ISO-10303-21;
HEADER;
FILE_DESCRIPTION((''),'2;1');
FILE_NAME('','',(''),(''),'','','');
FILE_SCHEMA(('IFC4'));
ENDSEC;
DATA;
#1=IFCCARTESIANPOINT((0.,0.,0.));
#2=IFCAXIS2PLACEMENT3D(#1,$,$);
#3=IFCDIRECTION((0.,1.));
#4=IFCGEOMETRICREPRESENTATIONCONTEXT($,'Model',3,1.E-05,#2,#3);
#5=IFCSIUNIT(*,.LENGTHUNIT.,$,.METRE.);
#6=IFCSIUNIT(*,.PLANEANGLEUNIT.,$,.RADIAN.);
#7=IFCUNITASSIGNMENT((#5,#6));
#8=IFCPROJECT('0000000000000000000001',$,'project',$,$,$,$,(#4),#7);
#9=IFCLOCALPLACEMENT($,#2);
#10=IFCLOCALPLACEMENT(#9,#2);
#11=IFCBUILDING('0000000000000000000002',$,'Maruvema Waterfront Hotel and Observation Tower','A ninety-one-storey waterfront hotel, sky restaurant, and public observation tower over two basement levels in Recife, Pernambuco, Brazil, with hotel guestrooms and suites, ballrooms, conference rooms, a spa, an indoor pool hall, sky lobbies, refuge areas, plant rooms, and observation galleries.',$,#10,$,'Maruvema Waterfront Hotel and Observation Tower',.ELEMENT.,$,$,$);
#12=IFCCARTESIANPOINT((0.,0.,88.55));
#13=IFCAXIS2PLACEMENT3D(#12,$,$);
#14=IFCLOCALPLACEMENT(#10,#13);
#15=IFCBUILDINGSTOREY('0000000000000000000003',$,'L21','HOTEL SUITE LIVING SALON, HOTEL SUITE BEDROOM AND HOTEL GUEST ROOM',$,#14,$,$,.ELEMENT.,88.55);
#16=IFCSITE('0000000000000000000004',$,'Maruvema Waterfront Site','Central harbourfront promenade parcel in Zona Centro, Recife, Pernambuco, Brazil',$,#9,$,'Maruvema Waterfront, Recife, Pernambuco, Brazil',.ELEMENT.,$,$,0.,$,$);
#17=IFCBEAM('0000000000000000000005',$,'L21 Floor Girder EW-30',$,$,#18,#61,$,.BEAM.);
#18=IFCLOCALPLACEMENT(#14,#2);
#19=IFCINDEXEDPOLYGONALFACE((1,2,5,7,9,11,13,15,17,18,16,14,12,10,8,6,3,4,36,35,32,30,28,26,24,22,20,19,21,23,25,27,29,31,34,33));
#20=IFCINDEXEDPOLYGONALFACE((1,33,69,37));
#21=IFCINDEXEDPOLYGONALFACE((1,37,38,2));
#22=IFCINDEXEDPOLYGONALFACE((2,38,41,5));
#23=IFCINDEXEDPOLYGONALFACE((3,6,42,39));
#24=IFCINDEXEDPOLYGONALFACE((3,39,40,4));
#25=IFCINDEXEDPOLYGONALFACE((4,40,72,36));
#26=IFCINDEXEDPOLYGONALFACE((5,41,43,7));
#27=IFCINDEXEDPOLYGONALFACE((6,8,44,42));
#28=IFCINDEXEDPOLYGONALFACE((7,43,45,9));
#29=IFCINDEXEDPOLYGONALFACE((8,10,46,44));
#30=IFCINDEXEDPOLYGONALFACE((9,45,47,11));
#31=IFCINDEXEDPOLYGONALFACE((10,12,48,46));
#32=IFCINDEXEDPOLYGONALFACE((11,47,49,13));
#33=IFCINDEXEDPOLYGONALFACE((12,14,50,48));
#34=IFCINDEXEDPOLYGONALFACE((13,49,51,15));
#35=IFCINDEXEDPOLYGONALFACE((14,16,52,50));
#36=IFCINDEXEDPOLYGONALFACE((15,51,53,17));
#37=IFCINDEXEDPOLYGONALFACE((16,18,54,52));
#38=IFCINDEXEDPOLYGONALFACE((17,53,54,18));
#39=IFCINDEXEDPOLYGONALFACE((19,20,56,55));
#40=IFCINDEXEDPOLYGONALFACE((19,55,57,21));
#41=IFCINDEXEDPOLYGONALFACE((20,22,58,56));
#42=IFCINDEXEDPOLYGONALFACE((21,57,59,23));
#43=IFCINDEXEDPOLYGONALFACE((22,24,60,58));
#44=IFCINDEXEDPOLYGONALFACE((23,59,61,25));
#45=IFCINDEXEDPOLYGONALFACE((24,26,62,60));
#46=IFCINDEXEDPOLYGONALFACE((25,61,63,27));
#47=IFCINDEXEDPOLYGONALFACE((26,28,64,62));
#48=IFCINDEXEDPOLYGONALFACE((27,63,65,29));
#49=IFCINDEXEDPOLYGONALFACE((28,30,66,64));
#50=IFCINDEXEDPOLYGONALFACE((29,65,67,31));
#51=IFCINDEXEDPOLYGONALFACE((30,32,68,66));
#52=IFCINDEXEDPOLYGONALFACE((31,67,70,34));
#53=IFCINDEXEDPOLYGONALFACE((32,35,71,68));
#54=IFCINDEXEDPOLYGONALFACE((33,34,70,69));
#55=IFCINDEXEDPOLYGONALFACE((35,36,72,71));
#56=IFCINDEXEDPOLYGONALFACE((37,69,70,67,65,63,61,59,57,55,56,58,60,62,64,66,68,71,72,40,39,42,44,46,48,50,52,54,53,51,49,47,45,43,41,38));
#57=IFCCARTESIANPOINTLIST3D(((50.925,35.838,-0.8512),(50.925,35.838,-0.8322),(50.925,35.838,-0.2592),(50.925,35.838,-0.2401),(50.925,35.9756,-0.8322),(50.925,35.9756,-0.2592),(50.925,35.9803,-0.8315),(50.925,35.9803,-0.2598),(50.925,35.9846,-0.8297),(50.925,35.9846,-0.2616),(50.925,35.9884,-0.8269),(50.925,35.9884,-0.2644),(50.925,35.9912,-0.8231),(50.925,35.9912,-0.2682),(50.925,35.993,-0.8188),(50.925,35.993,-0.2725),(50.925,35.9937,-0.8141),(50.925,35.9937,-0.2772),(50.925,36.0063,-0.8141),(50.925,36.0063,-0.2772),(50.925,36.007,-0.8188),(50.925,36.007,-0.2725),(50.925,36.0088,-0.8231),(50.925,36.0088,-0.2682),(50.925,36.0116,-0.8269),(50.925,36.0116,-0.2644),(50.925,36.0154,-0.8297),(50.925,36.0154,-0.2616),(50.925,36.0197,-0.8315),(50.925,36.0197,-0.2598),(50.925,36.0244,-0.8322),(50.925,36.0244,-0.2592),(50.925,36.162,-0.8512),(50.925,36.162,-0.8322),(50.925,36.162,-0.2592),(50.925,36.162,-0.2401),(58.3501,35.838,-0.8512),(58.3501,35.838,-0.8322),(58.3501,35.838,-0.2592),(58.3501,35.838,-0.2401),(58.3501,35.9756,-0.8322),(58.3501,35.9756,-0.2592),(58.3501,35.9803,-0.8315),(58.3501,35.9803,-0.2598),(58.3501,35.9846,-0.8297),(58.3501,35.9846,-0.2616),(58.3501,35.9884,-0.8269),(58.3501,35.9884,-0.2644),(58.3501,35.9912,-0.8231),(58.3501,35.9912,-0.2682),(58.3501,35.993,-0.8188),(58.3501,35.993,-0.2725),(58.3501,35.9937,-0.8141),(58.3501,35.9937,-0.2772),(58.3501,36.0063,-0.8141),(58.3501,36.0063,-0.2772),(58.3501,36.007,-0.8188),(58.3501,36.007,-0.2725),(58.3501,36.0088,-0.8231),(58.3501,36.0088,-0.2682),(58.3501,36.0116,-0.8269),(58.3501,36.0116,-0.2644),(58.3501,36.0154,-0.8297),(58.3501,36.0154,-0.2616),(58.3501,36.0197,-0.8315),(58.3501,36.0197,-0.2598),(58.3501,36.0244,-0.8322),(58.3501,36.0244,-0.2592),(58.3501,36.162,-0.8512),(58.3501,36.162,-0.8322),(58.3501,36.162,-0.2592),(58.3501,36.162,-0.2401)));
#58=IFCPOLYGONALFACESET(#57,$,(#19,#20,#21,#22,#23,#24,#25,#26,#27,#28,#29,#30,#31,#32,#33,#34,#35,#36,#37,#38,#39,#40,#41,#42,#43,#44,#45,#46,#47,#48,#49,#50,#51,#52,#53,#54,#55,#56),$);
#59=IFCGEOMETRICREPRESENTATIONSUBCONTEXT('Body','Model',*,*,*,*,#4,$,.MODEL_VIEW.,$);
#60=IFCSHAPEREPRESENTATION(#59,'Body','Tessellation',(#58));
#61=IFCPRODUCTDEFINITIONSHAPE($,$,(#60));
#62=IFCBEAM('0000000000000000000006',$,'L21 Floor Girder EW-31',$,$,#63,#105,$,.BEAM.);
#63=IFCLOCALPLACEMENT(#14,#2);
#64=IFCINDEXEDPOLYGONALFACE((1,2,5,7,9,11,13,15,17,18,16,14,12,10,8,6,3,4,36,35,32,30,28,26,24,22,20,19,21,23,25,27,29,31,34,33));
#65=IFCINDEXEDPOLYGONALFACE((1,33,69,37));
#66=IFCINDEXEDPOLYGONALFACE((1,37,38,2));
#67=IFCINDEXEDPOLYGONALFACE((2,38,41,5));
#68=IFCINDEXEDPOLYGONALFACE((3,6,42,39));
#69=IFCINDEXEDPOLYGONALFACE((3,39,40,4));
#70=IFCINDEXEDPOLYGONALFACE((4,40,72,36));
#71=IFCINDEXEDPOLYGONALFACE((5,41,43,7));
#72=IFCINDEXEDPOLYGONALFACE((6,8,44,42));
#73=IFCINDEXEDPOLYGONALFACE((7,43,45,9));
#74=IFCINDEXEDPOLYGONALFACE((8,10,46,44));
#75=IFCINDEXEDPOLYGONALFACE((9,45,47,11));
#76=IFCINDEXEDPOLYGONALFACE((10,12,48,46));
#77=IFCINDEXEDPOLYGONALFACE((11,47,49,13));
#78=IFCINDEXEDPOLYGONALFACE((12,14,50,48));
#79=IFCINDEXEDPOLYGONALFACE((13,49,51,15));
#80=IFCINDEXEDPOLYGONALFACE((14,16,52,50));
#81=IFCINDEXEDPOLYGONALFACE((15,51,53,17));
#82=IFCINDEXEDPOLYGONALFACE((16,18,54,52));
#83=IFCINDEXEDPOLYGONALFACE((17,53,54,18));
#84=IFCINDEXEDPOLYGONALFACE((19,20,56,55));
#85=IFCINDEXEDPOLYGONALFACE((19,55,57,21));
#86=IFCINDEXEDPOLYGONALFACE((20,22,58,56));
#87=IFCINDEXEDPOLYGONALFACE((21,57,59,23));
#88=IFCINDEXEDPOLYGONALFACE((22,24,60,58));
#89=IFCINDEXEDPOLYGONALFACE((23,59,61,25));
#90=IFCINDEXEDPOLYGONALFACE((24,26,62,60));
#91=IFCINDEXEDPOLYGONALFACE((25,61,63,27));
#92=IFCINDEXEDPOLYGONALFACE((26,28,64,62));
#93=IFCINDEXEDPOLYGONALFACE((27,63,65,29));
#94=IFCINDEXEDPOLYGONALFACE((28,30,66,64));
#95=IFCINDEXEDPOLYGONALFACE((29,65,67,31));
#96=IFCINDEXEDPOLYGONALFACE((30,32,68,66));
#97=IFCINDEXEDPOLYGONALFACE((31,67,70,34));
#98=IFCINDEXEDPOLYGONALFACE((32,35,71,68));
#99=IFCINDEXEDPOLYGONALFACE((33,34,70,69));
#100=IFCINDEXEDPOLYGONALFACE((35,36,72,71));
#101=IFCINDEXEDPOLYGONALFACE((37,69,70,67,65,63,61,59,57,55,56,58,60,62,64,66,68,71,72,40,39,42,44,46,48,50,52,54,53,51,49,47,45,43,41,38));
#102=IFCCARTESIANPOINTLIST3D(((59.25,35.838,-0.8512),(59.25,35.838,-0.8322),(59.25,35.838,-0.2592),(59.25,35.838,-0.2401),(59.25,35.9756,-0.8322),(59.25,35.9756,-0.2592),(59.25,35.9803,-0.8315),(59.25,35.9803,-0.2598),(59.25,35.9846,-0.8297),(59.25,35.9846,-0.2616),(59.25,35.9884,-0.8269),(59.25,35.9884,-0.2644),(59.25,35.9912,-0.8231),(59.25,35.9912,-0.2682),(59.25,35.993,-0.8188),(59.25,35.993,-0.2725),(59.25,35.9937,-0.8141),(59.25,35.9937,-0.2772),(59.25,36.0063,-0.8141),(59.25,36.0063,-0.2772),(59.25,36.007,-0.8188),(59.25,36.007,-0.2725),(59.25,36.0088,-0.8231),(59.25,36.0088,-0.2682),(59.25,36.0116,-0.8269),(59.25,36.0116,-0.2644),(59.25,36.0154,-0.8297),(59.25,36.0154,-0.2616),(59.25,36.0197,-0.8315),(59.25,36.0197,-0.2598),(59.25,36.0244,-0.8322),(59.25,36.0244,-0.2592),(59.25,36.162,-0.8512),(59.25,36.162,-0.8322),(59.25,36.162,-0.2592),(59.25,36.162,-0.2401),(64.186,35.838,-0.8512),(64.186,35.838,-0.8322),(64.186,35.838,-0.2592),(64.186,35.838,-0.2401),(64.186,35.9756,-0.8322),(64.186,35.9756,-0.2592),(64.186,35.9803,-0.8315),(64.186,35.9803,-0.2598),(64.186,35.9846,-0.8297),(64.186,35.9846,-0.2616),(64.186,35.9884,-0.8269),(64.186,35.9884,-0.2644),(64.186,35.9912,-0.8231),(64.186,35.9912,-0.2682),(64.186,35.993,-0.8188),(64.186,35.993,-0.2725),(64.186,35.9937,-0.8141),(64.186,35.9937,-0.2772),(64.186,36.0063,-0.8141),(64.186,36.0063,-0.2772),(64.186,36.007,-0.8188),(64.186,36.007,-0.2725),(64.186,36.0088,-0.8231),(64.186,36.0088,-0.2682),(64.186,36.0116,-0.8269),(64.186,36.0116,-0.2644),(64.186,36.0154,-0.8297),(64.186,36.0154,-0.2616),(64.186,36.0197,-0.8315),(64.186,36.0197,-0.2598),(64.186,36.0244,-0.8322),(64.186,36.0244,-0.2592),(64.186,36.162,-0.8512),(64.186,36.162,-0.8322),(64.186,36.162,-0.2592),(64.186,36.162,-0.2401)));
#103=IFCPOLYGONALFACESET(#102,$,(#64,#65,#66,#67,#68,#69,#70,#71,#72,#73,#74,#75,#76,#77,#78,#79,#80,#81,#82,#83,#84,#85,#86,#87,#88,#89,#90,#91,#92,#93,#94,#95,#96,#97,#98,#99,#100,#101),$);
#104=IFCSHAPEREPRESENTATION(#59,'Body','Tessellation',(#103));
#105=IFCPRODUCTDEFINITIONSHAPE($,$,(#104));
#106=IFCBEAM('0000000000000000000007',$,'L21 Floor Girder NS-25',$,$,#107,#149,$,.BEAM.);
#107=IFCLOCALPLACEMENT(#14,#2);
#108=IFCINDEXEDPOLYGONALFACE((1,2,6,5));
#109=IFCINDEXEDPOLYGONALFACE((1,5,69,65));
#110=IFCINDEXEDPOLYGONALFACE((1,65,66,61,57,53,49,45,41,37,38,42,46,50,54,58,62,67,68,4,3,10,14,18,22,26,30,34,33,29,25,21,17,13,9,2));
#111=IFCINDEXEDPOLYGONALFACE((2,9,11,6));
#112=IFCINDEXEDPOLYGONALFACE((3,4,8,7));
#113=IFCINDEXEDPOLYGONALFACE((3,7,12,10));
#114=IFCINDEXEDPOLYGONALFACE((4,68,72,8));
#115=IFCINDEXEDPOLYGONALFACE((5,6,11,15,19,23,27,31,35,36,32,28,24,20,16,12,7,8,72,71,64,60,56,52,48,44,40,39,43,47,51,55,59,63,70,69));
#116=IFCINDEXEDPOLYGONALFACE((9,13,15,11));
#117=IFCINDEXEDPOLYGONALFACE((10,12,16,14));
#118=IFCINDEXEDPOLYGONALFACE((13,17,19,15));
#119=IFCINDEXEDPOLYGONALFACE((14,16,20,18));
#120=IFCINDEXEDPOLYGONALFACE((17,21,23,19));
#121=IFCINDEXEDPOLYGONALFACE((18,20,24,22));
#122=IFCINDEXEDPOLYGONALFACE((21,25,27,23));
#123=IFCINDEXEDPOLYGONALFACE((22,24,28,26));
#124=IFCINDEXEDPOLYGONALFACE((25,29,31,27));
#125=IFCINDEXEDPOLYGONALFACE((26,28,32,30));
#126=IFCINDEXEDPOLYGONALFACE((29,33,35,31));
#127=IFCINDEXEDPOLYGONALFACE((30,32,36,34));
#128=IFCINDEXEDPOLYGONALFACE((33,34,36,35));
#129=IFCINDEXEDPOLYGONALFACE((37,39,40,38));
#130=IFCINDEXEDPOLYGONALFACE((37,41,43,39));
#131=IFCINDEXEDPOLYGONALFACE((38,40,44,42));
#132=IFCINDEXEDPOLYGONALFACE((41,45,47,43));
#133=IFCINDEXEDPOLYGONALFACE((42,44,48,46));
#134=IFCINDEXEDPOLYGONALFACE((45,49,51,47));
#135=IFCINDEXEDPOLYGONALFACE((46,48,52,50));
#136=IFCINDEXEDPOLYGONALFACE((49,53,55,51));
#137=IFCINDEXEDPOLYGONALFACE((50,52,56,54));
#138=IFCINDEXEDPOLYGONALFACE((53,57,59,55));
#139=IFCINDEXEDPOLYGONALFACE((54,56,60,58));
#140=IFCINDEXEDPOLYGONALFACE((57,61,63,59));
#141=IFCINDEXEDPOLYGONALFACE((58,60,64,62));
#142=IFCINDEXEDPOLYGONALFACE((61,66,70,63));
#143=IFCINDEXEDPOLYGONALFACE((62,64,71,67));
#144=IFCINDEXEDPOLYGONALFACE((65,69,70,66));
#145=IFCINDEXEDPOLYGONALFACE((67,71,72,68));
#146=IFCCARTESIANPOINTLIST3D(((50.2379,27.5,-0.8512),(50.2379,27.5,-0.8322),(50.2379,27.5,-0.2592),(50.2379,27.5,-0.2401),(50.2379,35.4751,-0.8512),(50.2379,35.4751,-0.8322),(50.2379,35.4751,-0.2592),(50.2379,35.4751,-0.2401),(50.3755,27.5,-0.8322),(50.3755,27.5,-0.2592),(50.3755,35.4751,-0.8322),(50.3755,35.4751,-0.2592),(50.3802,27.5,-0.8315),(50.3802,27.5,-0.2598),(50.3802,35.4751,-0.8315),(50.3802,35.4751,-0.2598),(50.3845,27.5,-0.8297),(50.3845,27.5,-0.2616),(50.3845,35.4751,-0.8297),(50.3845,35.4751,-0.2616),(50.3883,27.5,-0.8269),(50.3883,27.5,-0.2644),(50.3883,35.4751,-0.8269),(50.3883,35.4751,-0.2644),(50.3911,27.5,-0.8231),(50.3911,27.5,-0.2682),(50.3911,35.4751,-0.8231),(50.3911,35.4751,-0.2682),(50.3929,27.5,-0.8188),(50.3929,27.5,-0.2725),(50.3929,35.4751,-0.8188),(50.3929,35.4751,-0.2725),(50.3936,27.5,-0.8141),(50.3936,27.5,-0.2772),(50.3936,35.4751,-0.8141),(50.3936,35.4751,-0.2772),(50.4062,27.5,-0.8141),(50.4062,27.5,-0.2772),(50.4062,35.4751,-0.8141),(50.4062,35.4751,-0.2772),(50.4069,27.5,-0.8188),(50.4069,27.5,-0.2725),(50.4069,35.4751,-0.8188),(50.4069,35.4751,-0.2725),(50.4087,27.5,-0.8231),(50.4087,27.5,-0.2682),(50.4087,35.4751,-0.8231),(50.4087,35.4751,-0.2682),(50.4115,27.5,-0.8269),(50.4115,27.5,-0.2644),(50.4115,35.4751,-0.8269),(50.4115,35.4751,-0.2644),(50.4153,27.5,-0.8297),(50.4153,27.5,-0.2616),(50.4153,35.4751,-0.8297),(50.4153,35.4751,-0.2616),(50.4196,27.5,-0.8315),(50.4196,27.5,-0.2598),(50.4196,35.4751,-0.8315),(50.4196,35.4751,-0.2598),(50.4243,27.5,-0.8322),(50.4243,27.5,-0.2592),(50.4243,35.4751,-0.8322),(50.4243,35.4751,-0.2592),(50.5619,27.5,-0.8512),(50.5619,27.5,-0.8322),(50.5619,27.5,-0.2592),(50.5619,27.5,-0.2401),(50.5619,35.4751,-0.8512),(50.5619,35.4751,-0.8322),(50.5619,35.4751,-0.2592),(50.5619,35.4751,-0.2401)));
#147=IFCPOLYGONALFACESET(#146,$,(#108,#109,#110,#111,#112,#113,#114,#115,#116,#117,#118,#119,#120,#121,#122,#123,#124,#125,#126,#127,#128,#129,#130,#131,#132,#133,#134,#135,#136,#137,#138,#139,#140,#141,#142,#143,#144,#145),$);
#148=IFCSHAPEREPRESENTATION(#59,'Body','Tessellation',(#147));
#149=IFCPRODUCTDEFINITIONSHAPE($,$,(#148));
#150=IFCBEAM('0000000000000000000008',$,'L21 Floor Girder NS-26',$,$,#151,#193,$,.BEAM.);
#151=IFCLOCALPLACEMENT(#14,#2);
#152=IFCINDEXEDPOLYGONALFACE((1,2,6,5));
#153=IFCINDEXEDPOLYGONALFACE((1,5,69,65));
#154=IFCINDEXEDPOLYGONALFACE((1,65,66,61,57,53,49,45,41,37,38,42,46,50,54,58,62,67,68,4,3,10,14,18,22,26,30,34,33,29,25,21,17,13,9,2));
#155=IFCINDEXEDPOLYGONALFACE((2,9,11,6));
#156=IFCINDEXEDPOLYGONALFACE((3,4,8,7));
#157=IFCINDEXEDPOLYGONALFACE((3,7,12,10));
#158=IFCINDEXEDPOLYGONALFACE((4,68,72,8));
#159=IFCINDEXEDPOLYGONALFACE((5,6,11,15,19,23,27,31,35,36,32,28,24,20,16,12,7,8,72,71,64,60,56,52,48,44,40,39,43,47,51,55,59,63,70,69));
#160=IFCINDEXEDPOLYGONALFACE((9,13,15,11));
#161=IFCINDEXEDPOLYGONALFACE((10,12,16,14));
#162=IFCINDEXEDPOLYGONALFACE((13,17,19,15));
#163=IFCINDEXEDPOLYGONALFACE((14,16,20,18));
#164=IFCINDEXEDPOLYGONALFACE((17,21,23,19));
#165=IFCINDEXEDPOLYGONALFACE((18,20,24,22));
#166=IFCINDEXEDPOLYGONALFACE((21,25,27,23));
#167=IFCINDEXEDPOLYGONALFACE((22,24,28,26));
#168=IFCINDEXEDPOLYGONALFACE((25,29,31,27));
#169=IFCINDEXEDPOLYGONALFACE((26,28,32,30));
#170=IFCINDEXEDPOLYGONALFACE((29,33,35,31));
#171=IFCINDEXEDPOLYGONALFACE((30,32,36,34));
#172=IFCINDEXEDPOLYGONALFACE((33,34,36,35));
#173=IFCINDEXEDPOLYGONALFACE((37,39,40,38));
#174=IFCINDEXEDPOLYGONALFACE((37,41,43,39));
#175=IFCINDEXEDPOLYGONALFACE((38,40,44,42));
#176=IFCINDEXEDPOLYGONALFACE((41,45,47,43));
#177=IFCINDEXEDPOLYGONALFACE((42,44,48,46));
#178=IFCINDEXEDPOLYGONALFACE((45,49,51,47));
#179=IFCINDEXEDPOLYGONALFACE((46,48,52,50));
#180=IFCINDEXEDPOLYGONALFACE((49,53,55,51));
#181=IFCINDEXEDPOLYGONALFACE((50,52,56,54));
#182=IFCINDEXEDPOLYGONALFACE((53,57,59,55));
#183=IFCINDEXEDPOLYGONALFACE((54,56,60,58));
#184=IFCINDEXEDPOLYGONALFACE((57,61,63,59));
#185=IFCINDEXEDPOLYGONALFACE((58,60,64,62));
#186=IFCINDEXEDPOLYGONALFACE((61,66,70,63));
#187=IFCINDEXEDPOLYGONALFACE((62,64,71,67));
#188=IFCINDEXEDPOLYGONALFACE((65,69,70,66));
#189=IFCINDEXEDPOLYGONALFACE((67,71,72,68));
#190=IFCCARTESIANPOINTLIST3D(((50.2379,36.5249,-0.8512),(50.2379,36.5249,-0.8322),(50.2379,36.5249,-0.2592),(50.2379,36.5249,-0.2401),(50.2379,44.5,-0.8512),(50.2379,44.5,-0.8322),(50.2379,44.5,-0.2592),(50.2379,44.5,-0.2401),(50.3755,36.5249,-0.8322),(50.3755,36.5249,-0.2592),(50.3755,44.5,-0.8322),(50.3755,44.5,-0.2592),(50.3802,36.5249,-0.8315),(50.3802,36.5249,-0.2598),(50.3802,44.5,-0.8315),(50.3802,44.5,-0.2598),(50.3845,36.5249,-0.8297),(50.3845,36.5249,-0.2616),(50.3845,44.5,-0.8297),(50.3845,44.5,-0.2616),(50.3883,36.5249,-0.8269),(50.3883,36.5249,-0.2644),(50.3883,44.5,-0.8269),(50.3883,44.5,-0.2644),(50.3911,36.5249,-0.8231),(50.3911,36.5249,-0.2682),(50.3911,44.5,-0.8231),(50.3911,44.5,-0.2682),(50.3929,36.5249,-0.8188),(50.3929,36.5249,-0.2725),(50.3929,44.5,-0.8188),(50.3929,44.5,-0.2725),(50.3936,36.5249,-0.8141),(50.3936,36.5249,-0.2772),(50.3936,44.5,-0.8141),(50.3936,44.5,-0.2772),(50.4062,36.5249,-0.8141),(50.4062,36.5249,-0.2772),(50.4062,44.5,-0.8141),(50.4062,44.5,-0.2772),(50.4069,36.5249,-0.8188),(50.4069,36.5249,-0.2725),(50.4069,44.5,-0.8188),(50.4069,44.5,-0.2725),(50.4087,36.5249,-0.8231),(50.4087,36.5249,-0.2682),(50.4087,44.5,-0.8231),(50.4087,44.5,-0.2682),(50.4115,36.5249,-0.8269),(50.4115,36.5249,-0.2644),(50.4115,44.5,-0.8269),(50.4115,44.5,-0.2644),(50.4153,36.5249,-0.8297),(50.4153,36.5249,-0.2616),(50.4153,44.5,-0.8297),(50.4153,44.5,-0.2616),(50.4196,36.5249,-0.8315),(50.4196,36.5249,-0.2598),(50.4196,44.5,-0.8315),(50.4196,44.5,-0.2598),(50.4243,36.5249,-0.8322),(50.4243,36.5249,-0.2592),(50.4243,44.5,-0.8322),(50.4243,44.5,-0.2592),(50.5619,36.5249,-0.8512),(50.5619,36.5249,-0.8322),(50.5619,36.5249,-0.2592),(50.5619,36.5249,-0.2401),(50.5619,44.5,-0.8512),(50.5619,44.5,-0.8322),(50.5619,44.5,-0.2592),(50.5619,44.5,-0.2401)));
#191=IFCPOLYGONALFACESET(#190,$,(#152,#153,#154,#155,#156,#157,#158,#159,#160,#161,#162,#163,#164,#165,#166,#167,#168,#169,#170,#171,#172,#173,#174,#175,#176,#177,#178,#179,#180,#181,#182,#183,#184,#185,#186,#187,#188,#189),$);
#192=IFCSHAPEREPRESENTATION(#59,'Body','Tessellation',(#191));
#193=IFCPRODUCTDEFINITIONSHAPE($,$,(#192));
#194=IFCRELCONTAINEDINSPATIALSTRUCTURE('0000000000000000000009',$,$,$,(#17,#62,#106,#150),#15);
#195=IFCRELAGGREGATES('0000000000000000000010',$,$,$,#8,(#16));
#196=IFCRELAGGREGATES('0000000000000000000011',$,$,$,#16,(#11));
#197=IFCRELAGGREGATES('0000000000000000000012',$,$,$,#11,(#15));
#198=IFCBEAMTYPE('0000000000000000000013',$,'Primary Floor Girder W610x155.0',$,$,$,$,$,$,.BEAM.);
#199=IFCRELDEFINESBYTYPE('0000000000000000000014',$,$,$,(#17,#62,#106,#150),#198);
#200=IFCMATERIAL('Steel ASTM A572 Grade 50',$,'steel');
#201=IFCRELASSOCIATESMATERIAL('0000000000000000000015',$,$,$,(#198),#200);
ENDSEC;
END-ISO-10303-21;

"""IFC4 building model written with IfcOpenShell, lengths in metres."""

from ifc_helpers import new_model, si_unit, direction, frame, origin, origin_2d, place, context, subcontext, project, spatial, i_section, extrude, material, material_profile, profile_set, type_object, element, save


model = new_model("IFC4")

# Units and contexts
model_context = context("Model", 3, precision=1e-05, world=origin(), true_north=direction((0.0, 1.0)))
body_context = subcontext(model_context, "Body", "Model", "MODEL_VIEW")
ifc_project = project(units=[si_unit("LENGTHUNIT", "METRE"), si_unit("PLANEANGLEUNIT", "RADIAN")], contexts=[model_context])

# Site, building, storey
site_placement = place(None, origin())
site = spatial("IfcSite", under=ifc_project, at=site_placement, Name="Maruvema Waterfront Site", Description="Central harbourfront promenade parcel in Zona Centro, Recife, Pernambuco, Brazil", LongName="Maruvema Waterfront, Recife, Pernambuco, Brazil", CompositionType="ELEMENT", RefElevation=0.0)
building_placement = place(site_placement, origin())
building = spatial("IfcBuilding", under=site, at=building_placement, Name="Maruvema Waterfront Hotel and Observation Tower", Description="A ninety-one-storey waterfront hotel, sky restaurant, and public observation tower over two basement levels in Recife, Pernambuco, Brazil, with hotel guestrooms and suites, ballrooms, conference rooms, a spa, an indoor pool hall, sky lobbies, refuge areas, plant rooms, and observation galleries.", LongName="Maruvema Waterfront Hotel and Observation Tower", CompositionType="ELEMENT")
storey_placement = place(building_placement, frame((0.0, 0.0, 88.55)))
storey = spatial("IfcBuildingStorey", under=building, at=storey_placement, Name="L21", Description="HOTEL SUITE LIVING SALON, HOTEL SUITE BEDROOM AND HOTEL GUEST ROOM", CompositionType="ELEMENT", Elevation=88.55)

# Beams
ifc_material_1 = material(Name="Steel ASTM A572 Grade 50", Category="steel")
ifc_material_profile_1 = material_profile(ifc_material_1, i_section(OverallWidth=0.324, OverallDepth=0.6111, WebThickness=0.0127, FlangeThickness=0.019, FilletRadius=0.0181, at=origin_2d()), Name="W610x155.0")
ifc_profile_set_1 = profile_set([ifc_material_profile_1], Name="Steel ASTM A572 Grade 50")
beam_type_1 = type_object("IfcBeamType", Name="Primary Floor Girder W610x155.0", PredefinedType="BEAM", material=ifc_profile_set_1)
beam_1_placement = place(storey_placement, frame((50.925, 36.0, -0.5457), z_axis=(1.0, 0.0, 0.0), x_axis=(0.0, 1.0, 0.0)))
element("IfcBeam", 1, at=beam_1_placement, inside=storey, type_object=beam_type_1, Name="L21 Floor Girder EW-30", PredefinedType="BEAM", context=body_context, shape_type="SweptSolid", body=[
    extrude(i_section(OverallWidth=0.324, OverallDepth=0.6111, WebThickness=0.0127, FlangeThickness=0.019, FilletRadius=0.0181, at=origin_2d()), origin(), (0.0, 0.0, 1.0), 7.425),
])
beam_2_placement = place(storey_placement, frame((59.25, 36.0, -0.5457), z_axis=(1.0, 0.0, 0.0), x_axis=(0.0, 1.0, 0.0)))
element("IfcBeam", 2, at=beam_2_placement, inside=storey, type_object=beam_type_1, Name="L21 Floor Girder EW-31", PredefinedType="BEAM", context=body_context, shape_type="SweptSolid", body=[
    extrude(i_section(OverallWidth=0.324, OverallDepth=0.6111, WebThickness=0.0127, FlangeThickness=0.019, FilletRadius=0.0181, at=origin_2d()), origin(), (0.0, 0.0, 1.0), 4.936),
])
for number, where, z_axis, x_axis, name in (
    (3, (50.3999, 27.5, -0.5457), (0.0, 1.0, 0.0), (-1.0, 0.0, 0.0), "L21 Floor Girder NS-25"),
    (4, (50.3999, 36.5249, -0.5457), (0.0, 1.0, 0.0), (-1.0, 0.0, 0.0), "L21 Floor Girder NS-26"),
):
    element("IfcBeam", number, at=place(storey_placement, frame(where, z_axis=z_axis, x_axis=x_axis)), inside=storey, type_object=beam_type_1, Name=name, PredefinedType="BEAM", context=body_context, shape_type="SweptSolid", body=[
        extrude(i_section(OverallWidth=0.324, OverallDepth=0.6111, WebThickness=0.0127, FlangeThickness=0.019, FilletRadius=0.0181, at=origin_2d()), origin(), (0.0, 0.0, 1.0), 7.9751),
    ])

save(model, "model.ifc")
